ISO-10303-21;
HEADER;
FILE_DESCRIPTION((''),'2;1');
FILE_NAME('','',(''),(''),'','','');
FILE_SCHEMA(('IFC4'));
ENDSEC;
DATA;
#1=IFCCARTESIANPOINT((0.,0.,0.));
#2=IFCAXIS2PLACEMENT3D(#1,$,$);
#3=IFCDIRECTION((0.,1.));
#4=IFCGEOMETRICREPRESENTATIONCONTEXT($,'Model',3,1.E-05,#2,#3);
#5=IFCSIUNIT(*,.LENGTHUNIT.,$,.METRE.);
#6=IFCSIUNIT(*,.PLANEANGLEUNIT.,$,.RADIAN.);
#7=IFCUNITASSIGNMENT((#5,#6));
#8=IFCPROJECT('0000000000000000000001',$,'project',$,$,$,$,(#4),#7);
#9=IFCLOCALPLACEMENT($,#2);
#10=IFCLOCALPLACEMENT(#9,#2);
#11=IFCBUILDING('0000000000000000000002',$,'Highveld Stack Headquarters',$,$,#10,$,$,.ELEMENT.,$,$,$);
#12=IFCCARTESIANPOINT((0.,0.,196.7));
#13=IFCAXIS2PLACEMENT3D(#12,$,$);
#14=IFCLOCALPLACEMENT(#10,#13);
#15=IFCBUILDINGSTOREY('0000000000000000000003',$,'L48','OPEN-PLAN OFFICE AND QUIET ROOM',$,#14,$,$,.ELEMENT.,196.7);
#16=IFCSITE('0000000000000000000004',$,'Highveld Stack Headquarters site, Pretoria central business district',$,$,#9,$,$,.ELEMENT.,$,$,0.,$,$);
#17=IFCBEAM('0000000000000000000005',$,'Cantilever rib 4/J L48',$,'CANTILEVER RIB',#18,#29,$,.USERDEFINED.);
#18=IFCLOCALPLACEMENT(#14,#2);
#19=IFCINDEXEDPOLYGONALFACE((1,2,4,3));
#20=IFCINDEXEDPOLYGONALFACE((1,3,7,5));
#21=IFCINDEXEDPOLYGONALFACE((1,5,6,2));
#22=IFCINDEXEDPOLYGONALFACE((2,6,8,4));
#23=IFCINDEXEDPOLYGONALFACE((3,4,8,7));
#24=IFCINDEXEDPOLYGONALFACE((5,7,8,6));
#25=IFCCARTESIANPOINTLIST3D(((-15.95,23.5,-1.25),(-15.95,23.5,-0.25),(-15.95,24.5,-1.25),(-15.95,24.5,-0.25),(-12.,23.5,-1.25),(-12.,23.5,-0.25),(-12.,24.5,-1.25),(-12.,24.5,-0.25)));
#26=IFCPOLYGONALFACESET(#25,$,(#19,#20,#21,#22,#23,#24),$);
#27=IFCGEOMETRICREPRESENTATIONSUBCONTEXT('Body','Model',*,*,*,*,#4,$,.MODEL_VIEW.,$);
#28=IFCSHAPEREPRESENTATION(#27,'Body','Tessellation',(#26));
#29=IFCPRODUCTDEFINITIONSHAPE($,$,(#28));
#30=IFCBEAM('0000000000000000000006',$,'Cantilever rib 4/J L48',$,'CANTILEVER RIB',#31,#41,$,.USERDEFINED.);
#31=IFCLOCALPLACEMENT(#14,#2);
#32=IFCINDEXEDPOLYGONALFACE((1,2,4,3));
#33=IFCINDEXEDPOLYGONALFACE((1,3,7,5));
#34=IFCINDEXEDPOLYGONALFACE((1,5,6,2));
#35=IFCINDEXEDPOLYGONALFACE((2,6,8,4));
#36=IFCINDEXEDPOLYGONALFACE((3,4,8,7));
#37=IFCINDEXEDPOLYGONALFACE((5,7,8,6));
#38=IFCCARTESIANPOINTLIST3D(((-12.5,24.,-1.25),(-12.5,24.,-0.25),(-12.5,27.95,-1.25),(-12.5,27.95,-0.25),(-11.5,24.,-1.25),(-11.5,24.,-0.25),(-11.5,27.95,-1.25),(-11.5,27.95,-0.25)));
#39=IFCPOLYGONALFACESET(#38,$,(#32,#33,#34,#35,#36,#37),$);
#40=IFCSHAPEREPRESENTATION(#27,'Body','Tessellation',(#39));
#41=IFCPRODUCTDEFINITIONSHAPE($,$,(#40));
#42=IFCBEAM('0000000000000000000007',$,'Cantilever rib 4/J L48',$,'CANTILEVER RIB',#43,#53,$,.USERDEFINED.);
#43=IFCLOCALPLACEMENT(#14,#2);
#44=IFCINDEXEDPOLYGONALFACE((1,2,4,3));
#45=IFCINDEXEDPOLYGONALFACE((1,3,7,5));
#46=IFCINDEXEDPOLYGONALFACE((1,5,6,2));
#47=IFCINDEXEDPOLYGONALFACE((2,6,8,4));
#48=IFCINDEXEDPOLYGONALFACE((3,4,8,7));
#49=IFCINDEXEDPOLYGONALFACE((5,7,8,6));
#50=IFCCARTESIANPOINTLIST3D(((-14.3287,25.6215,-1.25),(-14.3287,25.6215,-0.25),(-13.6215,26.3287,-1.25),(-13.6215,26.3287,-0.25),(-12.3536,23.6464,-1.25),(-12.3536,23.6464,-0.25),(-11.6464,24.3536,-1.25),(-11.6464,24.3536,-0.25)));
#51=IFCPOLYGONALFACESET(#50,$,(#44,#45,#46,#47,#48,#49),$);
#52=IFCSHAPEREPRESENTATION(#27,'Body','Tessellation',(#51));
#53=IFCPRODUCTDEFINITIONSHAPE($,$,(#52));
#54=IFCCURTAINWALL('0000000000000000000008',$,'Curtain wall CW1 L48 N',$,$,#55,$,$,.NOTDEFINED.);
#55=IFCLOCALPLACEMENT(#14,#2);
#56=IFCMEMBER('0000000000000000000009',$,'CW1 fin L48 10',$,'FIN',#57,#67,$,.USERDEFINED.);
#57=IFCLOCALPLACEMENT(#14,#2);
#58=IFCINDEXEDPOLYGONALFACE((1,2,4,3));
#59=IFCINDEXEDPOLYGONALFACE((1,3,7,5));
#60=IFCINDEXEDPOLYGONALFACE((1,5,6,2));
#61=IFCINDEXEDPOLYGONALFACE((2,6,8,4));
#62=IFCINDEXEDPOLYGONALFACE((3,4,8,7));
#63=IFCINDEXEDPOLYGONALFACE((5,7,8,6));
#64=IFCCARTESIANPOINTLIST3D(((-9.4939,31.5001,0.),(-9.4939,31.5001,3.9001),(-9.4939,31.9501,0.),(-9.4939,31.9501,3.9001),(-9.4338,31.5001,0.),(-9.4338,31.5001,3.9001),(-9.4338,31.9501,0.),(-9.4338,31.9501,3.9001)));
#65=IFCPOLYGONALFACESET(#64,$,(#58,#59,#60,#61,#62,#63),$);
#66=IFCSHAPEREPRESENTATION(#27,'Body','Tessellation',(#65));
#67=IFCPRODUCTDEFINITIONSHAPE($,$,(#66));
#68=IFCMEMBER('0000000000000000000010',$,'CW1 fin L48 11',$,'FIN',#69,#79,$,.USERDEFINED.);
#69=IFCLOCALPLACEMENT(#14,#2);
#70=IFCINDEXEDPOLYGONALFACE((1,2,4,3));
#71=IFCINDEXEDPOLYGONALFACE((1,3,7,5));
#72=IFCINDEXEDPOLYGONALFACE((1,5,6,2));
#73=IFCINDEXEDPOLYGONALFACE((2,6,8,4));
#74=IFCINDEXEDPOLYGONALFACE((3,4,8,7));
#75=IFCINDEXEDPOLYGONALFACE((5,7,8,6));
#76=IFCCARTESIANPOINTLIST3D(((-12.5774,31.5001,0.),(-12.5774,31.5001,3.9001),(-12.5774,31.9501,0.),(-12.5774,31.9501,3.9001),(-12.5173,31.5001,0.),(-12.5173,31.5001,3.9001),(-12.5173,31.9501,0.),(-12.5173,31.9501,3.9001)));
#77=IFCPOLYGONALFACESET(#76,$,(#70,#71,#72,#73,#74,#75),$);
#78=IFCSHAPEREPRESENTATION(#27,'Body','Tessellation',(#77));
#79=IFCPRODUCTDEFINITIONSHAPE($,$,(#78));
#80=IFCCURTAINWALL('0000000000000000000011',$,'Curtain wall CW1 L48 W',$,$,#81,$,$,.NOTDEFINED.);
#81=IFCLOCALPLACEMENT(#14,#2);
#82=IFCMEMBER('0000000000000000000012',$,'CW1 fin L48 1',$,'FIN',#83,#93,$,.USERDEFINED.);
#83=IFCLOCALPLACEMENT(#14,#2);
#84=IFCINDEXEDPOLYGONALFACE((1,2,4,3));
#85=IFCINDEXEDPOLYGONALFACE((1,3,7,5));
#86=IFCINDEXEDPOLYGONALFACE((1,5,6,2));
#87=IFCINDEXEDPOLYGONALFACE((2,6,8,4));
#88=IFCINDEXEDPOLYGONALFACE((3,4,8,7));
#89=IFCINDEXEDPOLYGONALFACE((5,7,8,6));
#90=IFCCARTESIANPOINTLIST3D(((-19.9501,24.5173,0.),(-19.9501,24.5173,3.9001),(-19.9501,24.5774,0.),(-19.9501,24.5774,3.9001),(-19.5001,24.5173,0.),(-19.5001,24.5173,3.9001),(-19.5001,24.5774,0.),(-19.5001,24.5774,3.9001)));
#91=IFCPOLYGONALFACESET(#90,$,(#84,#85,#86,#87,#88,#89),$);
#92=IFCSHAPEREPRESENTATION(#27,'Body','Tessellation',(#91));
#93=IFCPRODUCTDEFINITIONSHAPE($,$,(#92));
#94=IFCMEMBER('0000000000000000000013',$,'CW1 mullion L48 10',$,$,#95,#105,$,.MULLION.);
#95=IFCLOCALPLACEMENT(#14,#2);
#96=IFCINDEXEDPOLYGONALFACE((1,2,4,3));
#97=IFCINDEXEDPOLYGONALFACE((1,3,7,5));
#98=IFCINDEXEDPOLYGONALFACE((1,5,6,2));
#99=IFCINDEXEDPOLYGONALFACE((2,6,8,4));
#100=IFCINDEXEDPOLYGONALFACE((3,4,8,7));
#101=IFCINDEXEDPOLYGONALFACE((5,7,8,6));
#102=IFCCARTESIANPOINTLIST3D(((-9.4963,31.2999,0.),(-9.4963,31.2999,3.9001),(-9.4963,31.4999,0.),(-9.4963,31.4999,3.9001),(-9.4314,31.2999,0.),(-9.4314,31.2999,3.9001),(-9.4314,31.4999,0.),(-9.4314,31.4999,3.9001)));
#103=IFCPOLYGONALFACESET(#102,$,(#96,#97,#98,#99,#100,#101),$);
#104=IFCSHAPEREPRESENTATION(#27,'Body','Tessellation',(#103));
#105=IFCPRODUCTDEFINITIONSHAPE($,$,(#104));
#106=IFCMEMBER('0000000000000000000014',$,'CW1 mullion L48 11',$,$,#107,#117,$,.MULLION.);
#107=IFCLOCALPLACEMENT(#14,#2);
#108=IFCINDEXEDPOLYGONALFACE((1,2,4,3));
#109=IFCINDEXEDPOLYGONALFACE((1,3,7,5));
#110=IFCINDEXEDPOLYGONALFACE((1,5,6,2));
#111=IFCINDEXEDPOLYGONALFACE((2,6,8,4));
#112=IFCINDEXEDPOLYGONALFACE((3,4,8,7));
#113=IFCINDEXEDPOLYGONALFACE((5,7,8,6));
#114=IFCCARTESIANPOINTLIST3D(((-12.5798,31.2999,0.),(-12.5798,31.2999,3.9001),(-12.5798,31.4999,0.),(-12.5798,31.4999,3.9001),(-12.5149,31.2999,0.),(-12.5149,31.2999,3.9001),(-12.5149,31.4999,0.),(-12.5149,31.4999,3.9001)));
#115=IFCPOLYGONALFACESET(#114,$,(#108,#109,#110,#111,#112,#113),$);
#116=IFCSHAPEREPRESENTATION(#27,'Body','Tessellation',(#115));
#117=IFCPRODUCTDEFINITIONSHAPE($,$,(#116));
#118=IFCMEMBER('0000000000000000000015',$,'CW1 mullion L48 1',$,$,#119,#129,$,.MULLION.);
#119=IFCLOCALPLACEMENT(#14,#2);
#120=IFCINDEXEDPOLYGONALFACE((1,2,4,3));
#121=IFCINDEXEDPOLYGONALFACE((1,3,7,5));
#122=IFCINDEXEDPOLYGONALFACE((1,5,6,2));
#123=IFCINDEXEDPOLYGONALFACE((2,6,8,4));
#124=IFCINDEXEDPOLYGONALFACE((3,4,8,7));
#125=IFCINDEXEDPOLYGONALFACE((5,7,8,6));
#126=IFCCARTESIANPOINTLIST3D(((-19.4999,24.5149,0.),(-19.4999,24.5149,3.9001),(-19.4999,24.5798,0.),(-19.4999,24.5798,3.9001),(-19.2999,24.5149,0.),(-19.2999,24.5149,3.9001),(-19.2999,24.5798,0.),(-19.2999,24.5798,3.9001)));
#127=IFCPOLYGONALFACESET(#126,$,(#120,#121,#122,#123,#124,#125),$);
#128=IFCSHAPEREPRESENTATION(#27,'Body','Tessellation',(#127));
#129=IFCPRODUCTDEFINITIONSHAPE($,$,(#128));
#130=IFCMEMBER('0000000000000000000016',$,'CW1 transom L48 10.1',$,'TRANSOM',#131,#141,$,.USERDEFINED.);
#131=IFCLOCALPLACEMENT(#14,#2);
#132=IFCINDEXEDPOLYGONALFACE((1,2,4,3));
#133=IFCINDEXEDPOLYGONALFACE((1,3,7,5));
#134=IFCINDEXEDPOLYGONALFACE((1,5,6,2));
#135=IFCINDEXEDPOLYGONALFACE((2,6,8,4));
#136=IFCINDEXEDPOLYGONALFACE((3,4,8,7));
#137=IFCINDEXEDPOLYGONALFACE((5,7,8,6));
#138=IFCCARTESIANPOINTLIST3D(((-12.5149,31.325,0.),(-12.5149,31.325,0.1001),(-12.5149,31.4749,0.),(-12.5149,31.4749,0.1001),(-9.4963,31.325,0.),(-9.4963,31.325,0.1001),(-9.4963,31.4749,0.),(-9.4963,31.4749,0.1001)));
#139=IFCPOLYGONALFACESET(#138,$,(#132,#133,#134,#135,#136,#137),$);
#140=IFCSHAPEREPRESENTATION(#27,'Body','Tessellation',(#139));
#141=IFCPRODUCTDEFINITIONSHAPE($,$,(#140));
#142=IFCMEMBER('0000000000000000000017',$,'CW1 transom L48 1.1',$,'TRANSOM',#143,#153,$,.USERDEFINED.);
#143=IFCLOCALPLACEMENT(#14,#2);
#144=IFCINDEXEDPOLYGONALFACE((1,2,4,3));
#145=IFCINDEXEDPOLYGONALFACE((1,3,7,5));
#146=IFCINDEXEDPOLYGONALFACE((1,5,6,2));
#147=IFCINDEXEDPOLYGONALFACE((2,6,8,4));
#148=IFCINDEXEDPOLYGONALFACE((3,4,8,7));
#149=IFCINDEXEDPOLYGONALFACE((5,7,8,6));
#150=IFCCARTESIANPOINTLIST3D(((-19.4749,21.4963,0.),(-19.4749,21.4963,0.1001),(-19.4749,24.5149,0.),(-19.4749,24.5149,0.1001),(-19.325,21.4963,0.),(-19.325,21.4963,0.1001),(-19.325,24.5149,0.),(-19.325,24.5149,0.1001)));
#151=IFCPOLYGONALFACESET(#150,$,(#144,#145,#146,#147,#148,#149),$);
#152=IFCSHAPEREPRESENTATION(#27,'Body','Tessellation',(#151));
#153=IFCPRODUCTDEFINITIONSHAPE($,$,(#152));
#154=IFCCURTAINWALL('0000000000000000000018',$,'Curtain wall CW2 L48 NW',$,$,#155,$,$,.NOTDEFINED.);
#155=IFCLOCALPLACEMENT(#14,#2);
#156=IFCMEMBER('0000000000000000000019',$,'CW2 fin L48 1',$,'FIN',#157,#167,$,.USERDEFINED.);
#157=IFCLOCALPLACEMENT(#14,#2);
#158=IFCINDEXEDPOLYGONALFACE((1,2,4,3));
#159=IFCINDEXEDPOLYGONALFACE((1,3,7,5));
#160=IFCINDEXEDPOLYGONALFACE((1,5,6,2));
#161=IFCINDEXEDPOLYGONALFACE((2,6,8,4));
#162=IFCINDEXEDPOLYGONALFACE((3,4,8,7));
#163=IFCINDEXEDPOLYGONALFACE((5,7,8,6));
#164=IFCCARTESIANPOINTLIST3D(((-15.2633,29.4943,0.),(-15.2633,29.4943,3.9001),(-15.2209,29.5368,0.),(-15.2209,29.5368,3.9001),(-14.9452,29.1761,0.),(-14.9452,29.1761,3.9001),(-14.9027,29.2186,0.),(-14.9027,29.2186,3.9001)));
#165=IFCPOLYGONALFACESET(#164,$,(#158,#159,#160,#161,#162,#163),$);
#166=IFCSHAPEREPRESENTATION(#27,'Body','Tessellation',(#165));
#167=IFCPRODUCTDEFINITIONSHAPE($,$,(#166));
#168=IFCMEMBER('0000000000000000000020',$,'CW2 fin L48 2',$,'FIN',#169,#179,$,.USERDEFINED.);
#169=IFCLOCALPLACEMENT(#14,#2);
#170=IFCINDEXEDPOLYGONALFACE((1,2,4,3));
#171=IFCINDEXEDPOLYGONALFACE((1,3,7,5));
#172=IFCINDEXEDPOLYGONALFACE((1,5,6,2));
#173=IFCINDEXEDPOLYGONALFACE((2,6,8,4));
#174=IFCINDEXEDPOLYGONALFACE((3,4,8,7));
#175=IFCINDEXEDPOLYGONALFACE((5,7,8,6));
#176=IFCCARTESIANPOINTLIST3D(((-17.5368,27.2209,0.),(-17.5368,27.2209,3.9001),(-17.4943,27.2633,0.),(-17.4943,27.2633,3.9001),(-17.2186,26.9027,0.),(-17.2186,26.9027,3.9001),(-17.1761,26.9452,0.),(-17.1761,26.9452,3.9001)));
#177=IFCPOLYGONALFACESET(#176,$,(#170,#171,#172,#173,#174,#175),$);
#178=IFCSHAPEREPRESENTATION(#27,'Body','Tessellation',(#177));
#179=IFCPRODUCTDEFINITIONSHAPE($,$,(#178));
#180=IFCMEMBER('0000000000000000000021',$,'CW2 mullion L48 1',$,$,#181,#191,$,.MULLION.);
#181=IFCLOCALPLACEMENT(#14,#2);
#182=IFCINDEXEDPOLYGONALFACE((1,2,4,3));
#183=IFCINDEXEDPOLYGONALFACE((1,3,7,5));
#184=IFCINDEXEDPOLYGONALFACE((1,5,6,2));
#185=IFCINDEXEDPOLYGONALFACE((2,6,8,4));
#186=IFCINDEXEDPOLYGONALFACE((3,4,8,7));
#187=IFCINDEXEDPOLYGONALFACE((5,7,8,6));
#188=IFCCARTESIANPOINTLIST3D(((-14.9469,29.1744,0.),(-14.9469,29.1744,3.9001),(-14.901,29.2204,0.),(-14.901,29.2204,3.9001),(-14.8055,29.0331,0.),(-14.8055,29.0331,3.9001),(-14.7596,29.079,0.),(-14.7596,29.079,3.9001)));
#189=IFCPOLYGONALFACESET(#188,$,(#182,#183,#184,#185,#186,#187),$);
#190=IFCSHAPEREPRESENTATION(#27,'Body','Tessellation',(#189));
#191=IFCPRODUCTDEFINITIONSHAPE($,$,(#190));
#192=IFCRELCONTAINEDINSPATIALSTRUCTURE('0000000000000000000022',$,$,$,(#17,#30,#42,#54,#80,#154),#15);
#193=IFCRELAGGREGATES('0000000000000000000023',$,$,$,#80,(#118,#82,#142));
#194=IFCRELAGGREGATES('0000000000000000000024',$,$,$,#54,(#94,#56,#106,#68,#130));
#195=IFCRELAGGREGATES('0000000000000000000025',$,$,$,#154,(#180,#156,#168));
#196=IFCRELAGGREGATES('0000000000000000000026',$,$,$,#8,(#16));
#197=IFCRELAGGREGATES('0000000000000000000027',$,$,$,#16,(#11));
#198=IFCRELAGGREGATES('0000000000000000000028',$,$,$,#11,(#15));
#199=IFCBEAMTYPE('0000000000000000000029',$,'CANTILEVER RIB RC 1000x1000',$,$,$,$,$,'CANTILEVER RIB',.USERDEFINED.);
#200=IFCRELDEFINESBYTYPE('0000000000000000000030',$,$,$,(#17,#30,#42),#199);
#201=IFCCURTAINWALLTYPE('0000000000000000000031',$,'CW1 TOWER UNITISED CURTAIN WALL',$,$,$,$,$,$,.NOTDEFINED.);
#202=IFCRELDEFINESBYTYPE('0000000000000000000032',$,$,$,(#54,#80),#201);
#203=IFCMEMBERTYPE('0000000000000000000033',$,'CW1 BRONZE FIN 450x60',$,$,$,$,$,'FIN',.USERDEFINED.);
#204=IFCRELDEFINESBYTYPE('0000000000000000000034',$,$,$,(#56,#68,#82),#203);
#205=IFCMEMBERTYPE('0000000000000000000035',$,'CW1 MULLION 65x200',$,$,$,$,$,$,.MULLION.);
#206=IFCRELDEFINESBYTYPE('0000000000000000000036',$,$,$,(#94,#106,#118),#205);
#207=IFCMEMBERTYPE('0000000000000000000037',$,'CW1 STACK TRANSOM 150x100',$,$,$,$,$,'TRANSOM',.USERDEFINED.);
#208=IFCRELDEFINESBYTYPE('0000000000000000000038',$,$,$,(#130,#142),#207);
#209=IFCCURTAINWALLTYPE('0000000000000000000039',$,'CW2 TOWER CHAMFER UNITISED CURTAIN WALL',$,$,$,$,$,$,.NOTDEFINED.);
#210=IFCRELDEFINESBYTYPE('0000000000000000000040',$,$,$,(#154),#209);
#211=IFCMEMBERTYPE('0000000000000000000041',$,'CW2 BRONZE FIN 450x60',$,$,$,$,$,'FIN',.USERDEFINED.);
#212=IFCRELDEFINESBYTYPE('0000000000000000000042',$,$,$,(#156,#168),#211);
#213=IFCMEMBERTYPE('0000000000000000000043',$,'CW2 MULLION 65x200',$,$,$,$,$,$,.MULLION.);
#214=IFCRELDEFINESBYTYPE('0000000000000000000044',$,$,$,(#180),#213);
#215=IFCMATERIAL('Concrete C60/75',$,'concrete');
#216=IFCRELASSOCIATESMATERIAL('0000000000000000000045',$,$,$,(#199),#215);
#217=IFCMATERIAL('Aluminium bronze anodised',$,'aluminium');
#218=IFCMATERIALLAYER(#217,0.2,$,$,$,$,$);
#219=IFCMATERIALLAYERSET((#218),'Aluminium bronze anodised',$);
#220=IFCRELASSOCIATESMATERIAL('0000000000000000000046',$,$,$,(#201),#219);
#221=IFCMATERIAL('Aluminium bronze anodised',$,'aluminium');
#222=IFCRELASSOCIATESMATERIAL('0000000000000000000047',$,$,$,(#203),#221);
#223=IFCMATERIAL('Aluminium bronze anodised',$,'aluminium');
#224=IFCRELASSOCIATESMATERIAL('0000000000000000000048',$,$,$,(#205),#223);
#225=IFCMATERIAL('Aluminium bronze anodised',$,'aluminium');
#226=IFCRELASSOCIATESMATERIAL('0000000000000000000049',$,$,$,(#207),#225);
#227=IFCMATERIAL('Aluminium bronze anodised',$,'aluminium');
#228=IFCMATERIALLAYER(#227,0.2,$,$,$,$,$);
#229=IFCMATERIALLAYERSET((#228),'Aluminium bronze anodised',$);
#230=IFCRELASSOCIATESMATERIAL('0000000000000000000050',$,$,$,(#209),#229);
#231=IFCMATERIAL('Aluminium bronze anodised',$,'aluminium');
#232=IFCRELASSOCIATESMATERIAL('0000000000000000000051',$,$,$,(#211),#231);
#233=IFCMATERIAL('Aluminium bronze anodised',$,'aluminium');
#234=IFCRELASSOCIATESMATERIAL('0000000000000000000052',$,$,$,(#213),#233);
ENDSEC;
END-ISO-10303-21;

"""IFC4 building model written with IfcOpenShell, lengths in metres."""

from ifc_helpers import new_model, si_unit, direction, frame, origin, origin_2d, place, context, subcontext, project, spatial, rectangle, extrude, material, layer, layer_set, material_profile, profile_set, type_object, element, aggregate, save


model = new_model("IFC4")

# Units and contexts
model_context = context("Model", 3, precision=1e-05, world=origin(), true_north=direction((0.0, 1.0)))
body_context = subcontext(model_context, "Body", "Model", "MODEL_VIEW")
ifc_project = project(units=[si_unit("LENGTHUNIT", "METRE"), si_unit("PLANEANGLEUNIT", "RADIAN")], contexts=[model_context])

# Site, building, storey
site_placement = place(None, origin())
site = spatial("IfcSite", under=ifc_project, at=site_placement, Name="Highveld Stack Headquarters site, Pretoria central business district", CompositionType="ELEMENT", RefElevation=0.0)
building_placement = place(site_placement, origin())
building = spatial("IfcBuilding", under=site, at=building_placement, Name="Highveld Stack Headquarters", CompositionType="ELEMENT")
storey_placement = place(building_placement, frame((0.0, 0.0, 196.7)))
storey = spatial("IfcBuildingStorey", under=building, at=storey_placement, Name="L48", Description="OPEN-PLAN OFFICE AND QUIET ROOM", CompositionType="ELEMENT", Elevation=196.7)

# Beams
ifc_material_1 = material(Name="Concrete C60/75", Category="concrete")
ifc_material_profile_1 = material_profile(ifc_material_1, rectangle(XDim=1.0, YDim=1.0, at=origin_2d()), Name="RC 1000x1000")
ifc_profile_set_1 = profile_set([ifc_material_profile_1], Name="Concrete C60/75")
beam_type_1 = type_object("IfcBeamType", Name="CANTILEVER RIB RC 1000x1000", ElementType="CANTILEVER RIB", PredefinedType="USERDEFINED", material=ifc_profile_set_1)
for number, where, z_axis, x_axis, name in (
    (1, (-12.0, 24.0, -0.75), (-1.0, 0.0, 0.0), (0.0, -1.0, 0.0), "Cantilever rib 4/J L48"),
    (2, (-12.0, 24.0, -0.75), (0.0, 1.0, 0.0), (-1.0, 0.0, 0.0), "Cantilever rib 4/J L48"),
):
    element("IfcBeam", number, at=place(storey_placement, frame(where, z_axis=z_axis, x_axis=x_axis)), inside=storey, type_object=beam_type_1, Name=name, ObjectType="CANTILEVER RIB", PredefinedType="USERDEFINED", context=body_context, shape_type="SweptSolid", body=[
        extrude(rectangle(XDim=1.0, YDim=1.0, at=origin_2d()), origin(), (0.0, 0.0, 1.0), 3.95),
    ])
beam_1_placement = place(storey_placement, frame((-12.0, 24.0, -0.75), z_axis=(-0.707107, 0.707107, 0.0), x_axis=(-0.707107, -0.707107, 0.0)))
element("IfcBeam", 3, at=beam_1_placement, inside=storey, type_object=beam_type_1, Name="Cantilever rib 4/J L48", ObjectType="CANTILEVER RIB", PredefinedType="USERDEFINED", context=body_context, shape_type="SweptSolid", body=[
    extrude(rectangle(XDim=1.0, YDim=1.0, at=origin_2d()), origin(), (0.0, 0.0, 1.0), 2.7932),
])

# Curtain wall, members
ifc_material_2 = material(Name="Aluminium bronze anodised", Category="aluminium")
ifc_layer_1 = layer(ifc_material_2, 0.2)
ifc_layer_set_1 = layer_set([ifc_layer_1], Name="Aluminium bronze anodised")
curtain_wall_type_1 = type_object("IfcCurtainWallType", Name="CW1 TOWER UNITISED CURTAIN WALL", PredefinedType="NOTDEFINED", material=ifc_layer_set_1)
curtain_wall_1_placement = place(storey_placement, origin())
curtain_wall_1 = element("IfcCurtainWall", 4, at=curtain_wall_1_placement, inside=storey, type_object=curtain_wall_type_1, Name="Curtain wall CW1 L48 N", PredefinedType="NOTDEFINED")
ifc_material_3 = material(Name="Aluminium bronze anodised", Category="aluminium")
ifc_material_profile_2 = material_profile(ifc_material_3, rectangle(XDim=0.45, YDim=0.0601, at=origin_2d()), Name="FIN 450x60")
ifc_profile_set_2 = profile_set([ifc_material_profile_2], Name="Aluminium bronze anodised")
member_type_1 = type_object("IfcMemberType", Name="CW1 BRONZE FIN 450x60", ElementType="FIN", PredefinedType="USERDEFINED", material=ifc_profile_set_2)
member_1_placement = place(storey_placement, frame((-9.4639, 31.7251, 0.0), z_axis=(0.0, 0.0, 1.0), x_axis=(0.0, -1.0, 0.0)))
member_1 = element("IfcMember", 5, at=member_1_placement, type_object=member_type_1, Name="CW1 fin L48 10", ObjectType="FIN", PredefinedType="USERDEFINED", context=body_context, shape_type="SweptSolid", body=[
    extrude(rectangle(XDim=0.45, YDim=0.0601, at=origin_2d()), origin(), (0.0, 0.0, 1.0), 3.9001),
])
member_2_placement = place(storey_placement, frame((-12.5474, 31.7251, 0.0), z_axis=(0.0, 0.0, 1.0), x_axis=(0.0, -1.0, 0.0)))
member_2 = element("IfcMember", 6, at=member_2_placement, type_object=member_type_1, Name="CW1 fin L48 11", ObjectType="FIN", PredefinedType="USERDEFINED", context=body_context, shape_type="SweptSolid", body=[
    extrude(rectangle(XDim=0.45, YDim=0.0601, at=origin_2d()), origin(), (0.0, 0.0, 1.0), 3.9001),
])

# Curtain wall, member
curtain_wall_2_placement = place(storey_placement, origin())
curtain_wall_2 = element("IfcCurtainWall", 7, at=curtain_wall_2_placement, inside=storey, type_object=curtain_wall_type_1, Name="Curtain wall CW1 L48 W", PredefinedType="NOTDEFINED")
member_3_placement = place(storey_placement, frame((-19.7251, 24.5474, 0.0), z_axis=(0.0, 0.0, 1.0), x_axis=(1.0, 0.0, 0.0)))
member_3 = element("IfcMember", 8, at=member_3_placement, type_object=member_type_1, Name="CW1 fin L48 1", ObjectType="FIN", PredefinedType="USERDEFINED", context=body_context, shape_type="SweptSolid", body=[
    extrude(rectangle(XDim=0.45, YDim=0.0601, at=origin_2d()), origin(), (0.0, 0.0, 1.0), 3.9001),
])

# Members
ifc_material_4 = material(Name="Aluminium bronze anodised", Category="aluminium")
ifc_material_profile_3 = material_profile(ifc_material_4, rectangle(XDim=0.2, YDim=0.0649, at=origin_2d()), Name="CW1 MULLION 65x200")
ifc_profile_set_3 = profile_set([ifc_material_profile_3], Name="Aluminium bronze anodised")
member_type_2 = type_object("IfcMemberType", Name="CW1 MULLION 65x200", PredefinedType="MULLION", material=ifc_profile_set_3)
member_4_placement = place(storey_placement, frame((-9.4639, 31.3999, 0.0), z_axis=(0.0, 0.0, 1.0), x_axis=(0.0, -1.0, 0.0)))
member_4 = element("IfcMember", 9, at=member_4_placement, type_object=member_type_2, Name="CW1 mullion L48 10", PredefinedType="MULLION", context=body_context, shape_type="SweptSolid", body=[
    extrude(rectangle(XDim=0.2, YDim=0.0649, at=origin_2d()), origin(), (0.0, 0.0, 1.0), 3.9001),
])
member_5_placement = place(storey_placement, frame((-12.5474, 31.3999, 0.0), z_axis=(0.0, 0.0, 1.0), x_axis=(0.0, -1.0, 0.0)))
member_5 = element("IfcMember", 10, at=member_5_placement, type_object=member_type_2, Name="CW1 mullion L48 11", PredefinedType="MULLION", context=body_context, shape_type="SweptSolid", body=[
    extrude(rectangle(XDim=0.2, YDim=0.0649, at=origin_2d()), origin(), (0.0, 0.0, 1.0), 3.9001),
])
member_6_placement = place(storey_placement, frame((-19.3999, 24.5474, 0.0), z_axis=(0.0, 0.0, 1.0), x_axis=(1.0, 0.0, 0.0)))
member_6 = element("IfcMember", 11, at=member_6_placement, type_object=member_type_2, Name="CW1 mullion L48 1", PredefinedType="MULLION", context=body_context, shape_type="SweptSolid", body=[
    extrude(rectangle(XDim=0.2, YDim=0.0649, at=origin_2d()), origin(), (0.0, 0.0, 1.0), 3.9001),
])
ifc_material_5 = material(Name="Aluminium bronze anodised", Category="aluminium")
ifc_material_profile_4 = material_profile(ifc_material_5, rectangle(XDim=0.1499, YDim=0.1001, at=origin_2d()), Name="CW1 TRANSOM 150x100")
ifc_profile_set_4 = profile_set([ifc_material_profile_4], Name="Aluminium bronze anodised")
member_type_3 = type_object("IfcMemberType", Name="CW1 STACK TRANSOM 150x100", ElementType="TRANSOM", PredefinedType="USERDEFINED", material=ifc_profile_set_4)
member_7_placement = place(storey_placement, frame((-9.4963, 31.3999, 0.05), z_axis=(-1.0, 0.0, 0.0), x_axis=(0.0, -1.0, 0.0)))
member_7 = element("IfcMember", 12, at=member_7_placement, type_object=member_type_3, Name="CW1 transom L48 10.1", ObjectType="TRANSOM", PredefinedType="USERDEFINED", context=body_context, shape_type="SweptSolid", body=[
    extrude(rectangle(XDim=0.1499, YDim=0.1001, at=origin_2d()), origin(), (0.0, 0.0, 1.0), 3.0186),
])
member_8_placement = place(storey_placement, frame((-19.3999, 24.5149, 0.05), z_axis=(0.0, -1.0, 0.0), x_axis=(1.0, 0.0, 0.0)))
member_8 = element("IfcMember", 13, at=member_8_placement, type_object=member_type_3, Name="CW1 transom L48 1.1", ObjectType="TRANSOM", PredefinedType="USERDEFINED", context=body_context, shape_type="SweptSolid", body=[
    extrude(rectangle(XDim=0.1499, YDim=0.1001, at=origin_2d()), origin(), (0.0, 0.0, 1.0), 3.0186),
])
aggregate(curtain_wall_2, [member_6, member_3, member_8])

# Curtain wall, members
ifc_material_6 = material(Name="Aluminium bronze anodised", Category="aluminium")
ifc_layer_2 = layer(ifc_material_6, 0.2)
ifc_layer_set_2 = layer_set([ifc_layer_2], Name="Aluminium bronze anodised")
curtain_wall_type_2 = type_object("IfcCurtainWallType", Name="CW2 TOWER CHAMFER UNITISED CURTAIN WALL", PredefinedType="NOTDEFINED", material=ifc_layer_set_2)
curtain_wall_3_placement = place(storey_placement, origin())
curtain_wall_3 = element("IfcCurtainWall", 14, at=curtain_wall_3_placement, inside=storey, type_object=curtain_wall_type_2, Name="Curtain wall CW2 L48 NW", PredefinedType="NOTDEFINED")
ifc_material_7 = material(Name="Aluminium bronze anodised", Category="aluminium")
ifc_material_profile_5 = material_profile(ifc_material_7, rectangle(XDim=0.45, YDim=0.0601, at=origin_2d()), Name="FIN 450x60")
ifc_profile_set_5 = profile_set([ifc_material_profile_5], Name="Aluminium bronze anodised")
member_type_4 = type_object("IfcMemberType", Name="CW2 BRONZE FIN 450x60", ElementType="FIN", PredefinedType="USERDEFINED", material=ifc_profile_set_5)
member_9_placement = place(storey_placement, frame((-15.083, 29.3564, 0.0), z_axis=(0.0, 0.0, 1.0), x_axis=(0.707107, -0.707107, 0.0)))
member_9 = element("IfcMember", 15, at=member_9_placement, type_object=member_type_4, Name="CW2 fin L48 1", ObjectType="FIN", PredefinedType="USERDEFINED", context=body_context, shape_type="SweptSolid", body=[
    extrude(rectangle(XDim=0.45, YDim=0.0601, at=origin_2d()), origin(), (0.0, 0.0, 1.0), 3.9001),
])
member_10_placement = place(storey_placement, frame((-17.3564, 27.083, 0.0), z_axis=(0.0, 0.0, 1.0), x_axis=(0.707107, -0.707107, 0.0)))
member_10 = element("IfcMember", 16, at=member_10_placement, type_object=member_type_4, Name="CW2 fin L48 2", ObjectType="FIN", PredefinedType="USERDEFINED", context=body_context, shape_type="SweptSolid", body=[
    extrude(rectangle(XDim=0.45, YDim=0.0601, at=origin_2d()), origin(), (0.0, 0.0, 1.0), 3.9001),
])
ifc_material_8 = material(Name="Aluminium bronze anodised", Category="aluminium")
ifc_material_profile_6 = material_profile(ifc_material_8, rectangle(XDim=0.2, YDim=0.0649, at=origin_2d()), Name="CW2 MULLION 65x200")
ifc_profile_set_6 = profile_set([ifc_material_profile_6], Name="Aluminium bronze anodised")
member_type_5 = type_object("IfcMemberType", Name="CW2 MULLION 65x200", PredefinedType="MULLION", material=ifc_profile_set_6)
member_11_placement = place(storey_placement, frame((-14.8533, 29.1267, 0.0), z_axis=(0.0, 0.0, 1.0), x_axis=(0.707107, -0.707107, 0.0)))
member_11 = element("IfcMember", 17, at=member_11_placement, type_object=member_type_5, Name="CW2 mullion L48 1", PredefinedType="MULLION", context=body_context, shape_type="SweptSolid", body=[
    extrude(rectangle(XDim=0.2, YDim=0.0649, at=origin_2d()), origin(), (0.0, 0.0, 1.0), 3.9001),
])

aggregate(curtain_wall_1, [member_4, member_1, member_5, member_2, member_7])
aggregate(curtain_wall_3, [member_11, member_9, member_10])

save(model, "model.ifc")
